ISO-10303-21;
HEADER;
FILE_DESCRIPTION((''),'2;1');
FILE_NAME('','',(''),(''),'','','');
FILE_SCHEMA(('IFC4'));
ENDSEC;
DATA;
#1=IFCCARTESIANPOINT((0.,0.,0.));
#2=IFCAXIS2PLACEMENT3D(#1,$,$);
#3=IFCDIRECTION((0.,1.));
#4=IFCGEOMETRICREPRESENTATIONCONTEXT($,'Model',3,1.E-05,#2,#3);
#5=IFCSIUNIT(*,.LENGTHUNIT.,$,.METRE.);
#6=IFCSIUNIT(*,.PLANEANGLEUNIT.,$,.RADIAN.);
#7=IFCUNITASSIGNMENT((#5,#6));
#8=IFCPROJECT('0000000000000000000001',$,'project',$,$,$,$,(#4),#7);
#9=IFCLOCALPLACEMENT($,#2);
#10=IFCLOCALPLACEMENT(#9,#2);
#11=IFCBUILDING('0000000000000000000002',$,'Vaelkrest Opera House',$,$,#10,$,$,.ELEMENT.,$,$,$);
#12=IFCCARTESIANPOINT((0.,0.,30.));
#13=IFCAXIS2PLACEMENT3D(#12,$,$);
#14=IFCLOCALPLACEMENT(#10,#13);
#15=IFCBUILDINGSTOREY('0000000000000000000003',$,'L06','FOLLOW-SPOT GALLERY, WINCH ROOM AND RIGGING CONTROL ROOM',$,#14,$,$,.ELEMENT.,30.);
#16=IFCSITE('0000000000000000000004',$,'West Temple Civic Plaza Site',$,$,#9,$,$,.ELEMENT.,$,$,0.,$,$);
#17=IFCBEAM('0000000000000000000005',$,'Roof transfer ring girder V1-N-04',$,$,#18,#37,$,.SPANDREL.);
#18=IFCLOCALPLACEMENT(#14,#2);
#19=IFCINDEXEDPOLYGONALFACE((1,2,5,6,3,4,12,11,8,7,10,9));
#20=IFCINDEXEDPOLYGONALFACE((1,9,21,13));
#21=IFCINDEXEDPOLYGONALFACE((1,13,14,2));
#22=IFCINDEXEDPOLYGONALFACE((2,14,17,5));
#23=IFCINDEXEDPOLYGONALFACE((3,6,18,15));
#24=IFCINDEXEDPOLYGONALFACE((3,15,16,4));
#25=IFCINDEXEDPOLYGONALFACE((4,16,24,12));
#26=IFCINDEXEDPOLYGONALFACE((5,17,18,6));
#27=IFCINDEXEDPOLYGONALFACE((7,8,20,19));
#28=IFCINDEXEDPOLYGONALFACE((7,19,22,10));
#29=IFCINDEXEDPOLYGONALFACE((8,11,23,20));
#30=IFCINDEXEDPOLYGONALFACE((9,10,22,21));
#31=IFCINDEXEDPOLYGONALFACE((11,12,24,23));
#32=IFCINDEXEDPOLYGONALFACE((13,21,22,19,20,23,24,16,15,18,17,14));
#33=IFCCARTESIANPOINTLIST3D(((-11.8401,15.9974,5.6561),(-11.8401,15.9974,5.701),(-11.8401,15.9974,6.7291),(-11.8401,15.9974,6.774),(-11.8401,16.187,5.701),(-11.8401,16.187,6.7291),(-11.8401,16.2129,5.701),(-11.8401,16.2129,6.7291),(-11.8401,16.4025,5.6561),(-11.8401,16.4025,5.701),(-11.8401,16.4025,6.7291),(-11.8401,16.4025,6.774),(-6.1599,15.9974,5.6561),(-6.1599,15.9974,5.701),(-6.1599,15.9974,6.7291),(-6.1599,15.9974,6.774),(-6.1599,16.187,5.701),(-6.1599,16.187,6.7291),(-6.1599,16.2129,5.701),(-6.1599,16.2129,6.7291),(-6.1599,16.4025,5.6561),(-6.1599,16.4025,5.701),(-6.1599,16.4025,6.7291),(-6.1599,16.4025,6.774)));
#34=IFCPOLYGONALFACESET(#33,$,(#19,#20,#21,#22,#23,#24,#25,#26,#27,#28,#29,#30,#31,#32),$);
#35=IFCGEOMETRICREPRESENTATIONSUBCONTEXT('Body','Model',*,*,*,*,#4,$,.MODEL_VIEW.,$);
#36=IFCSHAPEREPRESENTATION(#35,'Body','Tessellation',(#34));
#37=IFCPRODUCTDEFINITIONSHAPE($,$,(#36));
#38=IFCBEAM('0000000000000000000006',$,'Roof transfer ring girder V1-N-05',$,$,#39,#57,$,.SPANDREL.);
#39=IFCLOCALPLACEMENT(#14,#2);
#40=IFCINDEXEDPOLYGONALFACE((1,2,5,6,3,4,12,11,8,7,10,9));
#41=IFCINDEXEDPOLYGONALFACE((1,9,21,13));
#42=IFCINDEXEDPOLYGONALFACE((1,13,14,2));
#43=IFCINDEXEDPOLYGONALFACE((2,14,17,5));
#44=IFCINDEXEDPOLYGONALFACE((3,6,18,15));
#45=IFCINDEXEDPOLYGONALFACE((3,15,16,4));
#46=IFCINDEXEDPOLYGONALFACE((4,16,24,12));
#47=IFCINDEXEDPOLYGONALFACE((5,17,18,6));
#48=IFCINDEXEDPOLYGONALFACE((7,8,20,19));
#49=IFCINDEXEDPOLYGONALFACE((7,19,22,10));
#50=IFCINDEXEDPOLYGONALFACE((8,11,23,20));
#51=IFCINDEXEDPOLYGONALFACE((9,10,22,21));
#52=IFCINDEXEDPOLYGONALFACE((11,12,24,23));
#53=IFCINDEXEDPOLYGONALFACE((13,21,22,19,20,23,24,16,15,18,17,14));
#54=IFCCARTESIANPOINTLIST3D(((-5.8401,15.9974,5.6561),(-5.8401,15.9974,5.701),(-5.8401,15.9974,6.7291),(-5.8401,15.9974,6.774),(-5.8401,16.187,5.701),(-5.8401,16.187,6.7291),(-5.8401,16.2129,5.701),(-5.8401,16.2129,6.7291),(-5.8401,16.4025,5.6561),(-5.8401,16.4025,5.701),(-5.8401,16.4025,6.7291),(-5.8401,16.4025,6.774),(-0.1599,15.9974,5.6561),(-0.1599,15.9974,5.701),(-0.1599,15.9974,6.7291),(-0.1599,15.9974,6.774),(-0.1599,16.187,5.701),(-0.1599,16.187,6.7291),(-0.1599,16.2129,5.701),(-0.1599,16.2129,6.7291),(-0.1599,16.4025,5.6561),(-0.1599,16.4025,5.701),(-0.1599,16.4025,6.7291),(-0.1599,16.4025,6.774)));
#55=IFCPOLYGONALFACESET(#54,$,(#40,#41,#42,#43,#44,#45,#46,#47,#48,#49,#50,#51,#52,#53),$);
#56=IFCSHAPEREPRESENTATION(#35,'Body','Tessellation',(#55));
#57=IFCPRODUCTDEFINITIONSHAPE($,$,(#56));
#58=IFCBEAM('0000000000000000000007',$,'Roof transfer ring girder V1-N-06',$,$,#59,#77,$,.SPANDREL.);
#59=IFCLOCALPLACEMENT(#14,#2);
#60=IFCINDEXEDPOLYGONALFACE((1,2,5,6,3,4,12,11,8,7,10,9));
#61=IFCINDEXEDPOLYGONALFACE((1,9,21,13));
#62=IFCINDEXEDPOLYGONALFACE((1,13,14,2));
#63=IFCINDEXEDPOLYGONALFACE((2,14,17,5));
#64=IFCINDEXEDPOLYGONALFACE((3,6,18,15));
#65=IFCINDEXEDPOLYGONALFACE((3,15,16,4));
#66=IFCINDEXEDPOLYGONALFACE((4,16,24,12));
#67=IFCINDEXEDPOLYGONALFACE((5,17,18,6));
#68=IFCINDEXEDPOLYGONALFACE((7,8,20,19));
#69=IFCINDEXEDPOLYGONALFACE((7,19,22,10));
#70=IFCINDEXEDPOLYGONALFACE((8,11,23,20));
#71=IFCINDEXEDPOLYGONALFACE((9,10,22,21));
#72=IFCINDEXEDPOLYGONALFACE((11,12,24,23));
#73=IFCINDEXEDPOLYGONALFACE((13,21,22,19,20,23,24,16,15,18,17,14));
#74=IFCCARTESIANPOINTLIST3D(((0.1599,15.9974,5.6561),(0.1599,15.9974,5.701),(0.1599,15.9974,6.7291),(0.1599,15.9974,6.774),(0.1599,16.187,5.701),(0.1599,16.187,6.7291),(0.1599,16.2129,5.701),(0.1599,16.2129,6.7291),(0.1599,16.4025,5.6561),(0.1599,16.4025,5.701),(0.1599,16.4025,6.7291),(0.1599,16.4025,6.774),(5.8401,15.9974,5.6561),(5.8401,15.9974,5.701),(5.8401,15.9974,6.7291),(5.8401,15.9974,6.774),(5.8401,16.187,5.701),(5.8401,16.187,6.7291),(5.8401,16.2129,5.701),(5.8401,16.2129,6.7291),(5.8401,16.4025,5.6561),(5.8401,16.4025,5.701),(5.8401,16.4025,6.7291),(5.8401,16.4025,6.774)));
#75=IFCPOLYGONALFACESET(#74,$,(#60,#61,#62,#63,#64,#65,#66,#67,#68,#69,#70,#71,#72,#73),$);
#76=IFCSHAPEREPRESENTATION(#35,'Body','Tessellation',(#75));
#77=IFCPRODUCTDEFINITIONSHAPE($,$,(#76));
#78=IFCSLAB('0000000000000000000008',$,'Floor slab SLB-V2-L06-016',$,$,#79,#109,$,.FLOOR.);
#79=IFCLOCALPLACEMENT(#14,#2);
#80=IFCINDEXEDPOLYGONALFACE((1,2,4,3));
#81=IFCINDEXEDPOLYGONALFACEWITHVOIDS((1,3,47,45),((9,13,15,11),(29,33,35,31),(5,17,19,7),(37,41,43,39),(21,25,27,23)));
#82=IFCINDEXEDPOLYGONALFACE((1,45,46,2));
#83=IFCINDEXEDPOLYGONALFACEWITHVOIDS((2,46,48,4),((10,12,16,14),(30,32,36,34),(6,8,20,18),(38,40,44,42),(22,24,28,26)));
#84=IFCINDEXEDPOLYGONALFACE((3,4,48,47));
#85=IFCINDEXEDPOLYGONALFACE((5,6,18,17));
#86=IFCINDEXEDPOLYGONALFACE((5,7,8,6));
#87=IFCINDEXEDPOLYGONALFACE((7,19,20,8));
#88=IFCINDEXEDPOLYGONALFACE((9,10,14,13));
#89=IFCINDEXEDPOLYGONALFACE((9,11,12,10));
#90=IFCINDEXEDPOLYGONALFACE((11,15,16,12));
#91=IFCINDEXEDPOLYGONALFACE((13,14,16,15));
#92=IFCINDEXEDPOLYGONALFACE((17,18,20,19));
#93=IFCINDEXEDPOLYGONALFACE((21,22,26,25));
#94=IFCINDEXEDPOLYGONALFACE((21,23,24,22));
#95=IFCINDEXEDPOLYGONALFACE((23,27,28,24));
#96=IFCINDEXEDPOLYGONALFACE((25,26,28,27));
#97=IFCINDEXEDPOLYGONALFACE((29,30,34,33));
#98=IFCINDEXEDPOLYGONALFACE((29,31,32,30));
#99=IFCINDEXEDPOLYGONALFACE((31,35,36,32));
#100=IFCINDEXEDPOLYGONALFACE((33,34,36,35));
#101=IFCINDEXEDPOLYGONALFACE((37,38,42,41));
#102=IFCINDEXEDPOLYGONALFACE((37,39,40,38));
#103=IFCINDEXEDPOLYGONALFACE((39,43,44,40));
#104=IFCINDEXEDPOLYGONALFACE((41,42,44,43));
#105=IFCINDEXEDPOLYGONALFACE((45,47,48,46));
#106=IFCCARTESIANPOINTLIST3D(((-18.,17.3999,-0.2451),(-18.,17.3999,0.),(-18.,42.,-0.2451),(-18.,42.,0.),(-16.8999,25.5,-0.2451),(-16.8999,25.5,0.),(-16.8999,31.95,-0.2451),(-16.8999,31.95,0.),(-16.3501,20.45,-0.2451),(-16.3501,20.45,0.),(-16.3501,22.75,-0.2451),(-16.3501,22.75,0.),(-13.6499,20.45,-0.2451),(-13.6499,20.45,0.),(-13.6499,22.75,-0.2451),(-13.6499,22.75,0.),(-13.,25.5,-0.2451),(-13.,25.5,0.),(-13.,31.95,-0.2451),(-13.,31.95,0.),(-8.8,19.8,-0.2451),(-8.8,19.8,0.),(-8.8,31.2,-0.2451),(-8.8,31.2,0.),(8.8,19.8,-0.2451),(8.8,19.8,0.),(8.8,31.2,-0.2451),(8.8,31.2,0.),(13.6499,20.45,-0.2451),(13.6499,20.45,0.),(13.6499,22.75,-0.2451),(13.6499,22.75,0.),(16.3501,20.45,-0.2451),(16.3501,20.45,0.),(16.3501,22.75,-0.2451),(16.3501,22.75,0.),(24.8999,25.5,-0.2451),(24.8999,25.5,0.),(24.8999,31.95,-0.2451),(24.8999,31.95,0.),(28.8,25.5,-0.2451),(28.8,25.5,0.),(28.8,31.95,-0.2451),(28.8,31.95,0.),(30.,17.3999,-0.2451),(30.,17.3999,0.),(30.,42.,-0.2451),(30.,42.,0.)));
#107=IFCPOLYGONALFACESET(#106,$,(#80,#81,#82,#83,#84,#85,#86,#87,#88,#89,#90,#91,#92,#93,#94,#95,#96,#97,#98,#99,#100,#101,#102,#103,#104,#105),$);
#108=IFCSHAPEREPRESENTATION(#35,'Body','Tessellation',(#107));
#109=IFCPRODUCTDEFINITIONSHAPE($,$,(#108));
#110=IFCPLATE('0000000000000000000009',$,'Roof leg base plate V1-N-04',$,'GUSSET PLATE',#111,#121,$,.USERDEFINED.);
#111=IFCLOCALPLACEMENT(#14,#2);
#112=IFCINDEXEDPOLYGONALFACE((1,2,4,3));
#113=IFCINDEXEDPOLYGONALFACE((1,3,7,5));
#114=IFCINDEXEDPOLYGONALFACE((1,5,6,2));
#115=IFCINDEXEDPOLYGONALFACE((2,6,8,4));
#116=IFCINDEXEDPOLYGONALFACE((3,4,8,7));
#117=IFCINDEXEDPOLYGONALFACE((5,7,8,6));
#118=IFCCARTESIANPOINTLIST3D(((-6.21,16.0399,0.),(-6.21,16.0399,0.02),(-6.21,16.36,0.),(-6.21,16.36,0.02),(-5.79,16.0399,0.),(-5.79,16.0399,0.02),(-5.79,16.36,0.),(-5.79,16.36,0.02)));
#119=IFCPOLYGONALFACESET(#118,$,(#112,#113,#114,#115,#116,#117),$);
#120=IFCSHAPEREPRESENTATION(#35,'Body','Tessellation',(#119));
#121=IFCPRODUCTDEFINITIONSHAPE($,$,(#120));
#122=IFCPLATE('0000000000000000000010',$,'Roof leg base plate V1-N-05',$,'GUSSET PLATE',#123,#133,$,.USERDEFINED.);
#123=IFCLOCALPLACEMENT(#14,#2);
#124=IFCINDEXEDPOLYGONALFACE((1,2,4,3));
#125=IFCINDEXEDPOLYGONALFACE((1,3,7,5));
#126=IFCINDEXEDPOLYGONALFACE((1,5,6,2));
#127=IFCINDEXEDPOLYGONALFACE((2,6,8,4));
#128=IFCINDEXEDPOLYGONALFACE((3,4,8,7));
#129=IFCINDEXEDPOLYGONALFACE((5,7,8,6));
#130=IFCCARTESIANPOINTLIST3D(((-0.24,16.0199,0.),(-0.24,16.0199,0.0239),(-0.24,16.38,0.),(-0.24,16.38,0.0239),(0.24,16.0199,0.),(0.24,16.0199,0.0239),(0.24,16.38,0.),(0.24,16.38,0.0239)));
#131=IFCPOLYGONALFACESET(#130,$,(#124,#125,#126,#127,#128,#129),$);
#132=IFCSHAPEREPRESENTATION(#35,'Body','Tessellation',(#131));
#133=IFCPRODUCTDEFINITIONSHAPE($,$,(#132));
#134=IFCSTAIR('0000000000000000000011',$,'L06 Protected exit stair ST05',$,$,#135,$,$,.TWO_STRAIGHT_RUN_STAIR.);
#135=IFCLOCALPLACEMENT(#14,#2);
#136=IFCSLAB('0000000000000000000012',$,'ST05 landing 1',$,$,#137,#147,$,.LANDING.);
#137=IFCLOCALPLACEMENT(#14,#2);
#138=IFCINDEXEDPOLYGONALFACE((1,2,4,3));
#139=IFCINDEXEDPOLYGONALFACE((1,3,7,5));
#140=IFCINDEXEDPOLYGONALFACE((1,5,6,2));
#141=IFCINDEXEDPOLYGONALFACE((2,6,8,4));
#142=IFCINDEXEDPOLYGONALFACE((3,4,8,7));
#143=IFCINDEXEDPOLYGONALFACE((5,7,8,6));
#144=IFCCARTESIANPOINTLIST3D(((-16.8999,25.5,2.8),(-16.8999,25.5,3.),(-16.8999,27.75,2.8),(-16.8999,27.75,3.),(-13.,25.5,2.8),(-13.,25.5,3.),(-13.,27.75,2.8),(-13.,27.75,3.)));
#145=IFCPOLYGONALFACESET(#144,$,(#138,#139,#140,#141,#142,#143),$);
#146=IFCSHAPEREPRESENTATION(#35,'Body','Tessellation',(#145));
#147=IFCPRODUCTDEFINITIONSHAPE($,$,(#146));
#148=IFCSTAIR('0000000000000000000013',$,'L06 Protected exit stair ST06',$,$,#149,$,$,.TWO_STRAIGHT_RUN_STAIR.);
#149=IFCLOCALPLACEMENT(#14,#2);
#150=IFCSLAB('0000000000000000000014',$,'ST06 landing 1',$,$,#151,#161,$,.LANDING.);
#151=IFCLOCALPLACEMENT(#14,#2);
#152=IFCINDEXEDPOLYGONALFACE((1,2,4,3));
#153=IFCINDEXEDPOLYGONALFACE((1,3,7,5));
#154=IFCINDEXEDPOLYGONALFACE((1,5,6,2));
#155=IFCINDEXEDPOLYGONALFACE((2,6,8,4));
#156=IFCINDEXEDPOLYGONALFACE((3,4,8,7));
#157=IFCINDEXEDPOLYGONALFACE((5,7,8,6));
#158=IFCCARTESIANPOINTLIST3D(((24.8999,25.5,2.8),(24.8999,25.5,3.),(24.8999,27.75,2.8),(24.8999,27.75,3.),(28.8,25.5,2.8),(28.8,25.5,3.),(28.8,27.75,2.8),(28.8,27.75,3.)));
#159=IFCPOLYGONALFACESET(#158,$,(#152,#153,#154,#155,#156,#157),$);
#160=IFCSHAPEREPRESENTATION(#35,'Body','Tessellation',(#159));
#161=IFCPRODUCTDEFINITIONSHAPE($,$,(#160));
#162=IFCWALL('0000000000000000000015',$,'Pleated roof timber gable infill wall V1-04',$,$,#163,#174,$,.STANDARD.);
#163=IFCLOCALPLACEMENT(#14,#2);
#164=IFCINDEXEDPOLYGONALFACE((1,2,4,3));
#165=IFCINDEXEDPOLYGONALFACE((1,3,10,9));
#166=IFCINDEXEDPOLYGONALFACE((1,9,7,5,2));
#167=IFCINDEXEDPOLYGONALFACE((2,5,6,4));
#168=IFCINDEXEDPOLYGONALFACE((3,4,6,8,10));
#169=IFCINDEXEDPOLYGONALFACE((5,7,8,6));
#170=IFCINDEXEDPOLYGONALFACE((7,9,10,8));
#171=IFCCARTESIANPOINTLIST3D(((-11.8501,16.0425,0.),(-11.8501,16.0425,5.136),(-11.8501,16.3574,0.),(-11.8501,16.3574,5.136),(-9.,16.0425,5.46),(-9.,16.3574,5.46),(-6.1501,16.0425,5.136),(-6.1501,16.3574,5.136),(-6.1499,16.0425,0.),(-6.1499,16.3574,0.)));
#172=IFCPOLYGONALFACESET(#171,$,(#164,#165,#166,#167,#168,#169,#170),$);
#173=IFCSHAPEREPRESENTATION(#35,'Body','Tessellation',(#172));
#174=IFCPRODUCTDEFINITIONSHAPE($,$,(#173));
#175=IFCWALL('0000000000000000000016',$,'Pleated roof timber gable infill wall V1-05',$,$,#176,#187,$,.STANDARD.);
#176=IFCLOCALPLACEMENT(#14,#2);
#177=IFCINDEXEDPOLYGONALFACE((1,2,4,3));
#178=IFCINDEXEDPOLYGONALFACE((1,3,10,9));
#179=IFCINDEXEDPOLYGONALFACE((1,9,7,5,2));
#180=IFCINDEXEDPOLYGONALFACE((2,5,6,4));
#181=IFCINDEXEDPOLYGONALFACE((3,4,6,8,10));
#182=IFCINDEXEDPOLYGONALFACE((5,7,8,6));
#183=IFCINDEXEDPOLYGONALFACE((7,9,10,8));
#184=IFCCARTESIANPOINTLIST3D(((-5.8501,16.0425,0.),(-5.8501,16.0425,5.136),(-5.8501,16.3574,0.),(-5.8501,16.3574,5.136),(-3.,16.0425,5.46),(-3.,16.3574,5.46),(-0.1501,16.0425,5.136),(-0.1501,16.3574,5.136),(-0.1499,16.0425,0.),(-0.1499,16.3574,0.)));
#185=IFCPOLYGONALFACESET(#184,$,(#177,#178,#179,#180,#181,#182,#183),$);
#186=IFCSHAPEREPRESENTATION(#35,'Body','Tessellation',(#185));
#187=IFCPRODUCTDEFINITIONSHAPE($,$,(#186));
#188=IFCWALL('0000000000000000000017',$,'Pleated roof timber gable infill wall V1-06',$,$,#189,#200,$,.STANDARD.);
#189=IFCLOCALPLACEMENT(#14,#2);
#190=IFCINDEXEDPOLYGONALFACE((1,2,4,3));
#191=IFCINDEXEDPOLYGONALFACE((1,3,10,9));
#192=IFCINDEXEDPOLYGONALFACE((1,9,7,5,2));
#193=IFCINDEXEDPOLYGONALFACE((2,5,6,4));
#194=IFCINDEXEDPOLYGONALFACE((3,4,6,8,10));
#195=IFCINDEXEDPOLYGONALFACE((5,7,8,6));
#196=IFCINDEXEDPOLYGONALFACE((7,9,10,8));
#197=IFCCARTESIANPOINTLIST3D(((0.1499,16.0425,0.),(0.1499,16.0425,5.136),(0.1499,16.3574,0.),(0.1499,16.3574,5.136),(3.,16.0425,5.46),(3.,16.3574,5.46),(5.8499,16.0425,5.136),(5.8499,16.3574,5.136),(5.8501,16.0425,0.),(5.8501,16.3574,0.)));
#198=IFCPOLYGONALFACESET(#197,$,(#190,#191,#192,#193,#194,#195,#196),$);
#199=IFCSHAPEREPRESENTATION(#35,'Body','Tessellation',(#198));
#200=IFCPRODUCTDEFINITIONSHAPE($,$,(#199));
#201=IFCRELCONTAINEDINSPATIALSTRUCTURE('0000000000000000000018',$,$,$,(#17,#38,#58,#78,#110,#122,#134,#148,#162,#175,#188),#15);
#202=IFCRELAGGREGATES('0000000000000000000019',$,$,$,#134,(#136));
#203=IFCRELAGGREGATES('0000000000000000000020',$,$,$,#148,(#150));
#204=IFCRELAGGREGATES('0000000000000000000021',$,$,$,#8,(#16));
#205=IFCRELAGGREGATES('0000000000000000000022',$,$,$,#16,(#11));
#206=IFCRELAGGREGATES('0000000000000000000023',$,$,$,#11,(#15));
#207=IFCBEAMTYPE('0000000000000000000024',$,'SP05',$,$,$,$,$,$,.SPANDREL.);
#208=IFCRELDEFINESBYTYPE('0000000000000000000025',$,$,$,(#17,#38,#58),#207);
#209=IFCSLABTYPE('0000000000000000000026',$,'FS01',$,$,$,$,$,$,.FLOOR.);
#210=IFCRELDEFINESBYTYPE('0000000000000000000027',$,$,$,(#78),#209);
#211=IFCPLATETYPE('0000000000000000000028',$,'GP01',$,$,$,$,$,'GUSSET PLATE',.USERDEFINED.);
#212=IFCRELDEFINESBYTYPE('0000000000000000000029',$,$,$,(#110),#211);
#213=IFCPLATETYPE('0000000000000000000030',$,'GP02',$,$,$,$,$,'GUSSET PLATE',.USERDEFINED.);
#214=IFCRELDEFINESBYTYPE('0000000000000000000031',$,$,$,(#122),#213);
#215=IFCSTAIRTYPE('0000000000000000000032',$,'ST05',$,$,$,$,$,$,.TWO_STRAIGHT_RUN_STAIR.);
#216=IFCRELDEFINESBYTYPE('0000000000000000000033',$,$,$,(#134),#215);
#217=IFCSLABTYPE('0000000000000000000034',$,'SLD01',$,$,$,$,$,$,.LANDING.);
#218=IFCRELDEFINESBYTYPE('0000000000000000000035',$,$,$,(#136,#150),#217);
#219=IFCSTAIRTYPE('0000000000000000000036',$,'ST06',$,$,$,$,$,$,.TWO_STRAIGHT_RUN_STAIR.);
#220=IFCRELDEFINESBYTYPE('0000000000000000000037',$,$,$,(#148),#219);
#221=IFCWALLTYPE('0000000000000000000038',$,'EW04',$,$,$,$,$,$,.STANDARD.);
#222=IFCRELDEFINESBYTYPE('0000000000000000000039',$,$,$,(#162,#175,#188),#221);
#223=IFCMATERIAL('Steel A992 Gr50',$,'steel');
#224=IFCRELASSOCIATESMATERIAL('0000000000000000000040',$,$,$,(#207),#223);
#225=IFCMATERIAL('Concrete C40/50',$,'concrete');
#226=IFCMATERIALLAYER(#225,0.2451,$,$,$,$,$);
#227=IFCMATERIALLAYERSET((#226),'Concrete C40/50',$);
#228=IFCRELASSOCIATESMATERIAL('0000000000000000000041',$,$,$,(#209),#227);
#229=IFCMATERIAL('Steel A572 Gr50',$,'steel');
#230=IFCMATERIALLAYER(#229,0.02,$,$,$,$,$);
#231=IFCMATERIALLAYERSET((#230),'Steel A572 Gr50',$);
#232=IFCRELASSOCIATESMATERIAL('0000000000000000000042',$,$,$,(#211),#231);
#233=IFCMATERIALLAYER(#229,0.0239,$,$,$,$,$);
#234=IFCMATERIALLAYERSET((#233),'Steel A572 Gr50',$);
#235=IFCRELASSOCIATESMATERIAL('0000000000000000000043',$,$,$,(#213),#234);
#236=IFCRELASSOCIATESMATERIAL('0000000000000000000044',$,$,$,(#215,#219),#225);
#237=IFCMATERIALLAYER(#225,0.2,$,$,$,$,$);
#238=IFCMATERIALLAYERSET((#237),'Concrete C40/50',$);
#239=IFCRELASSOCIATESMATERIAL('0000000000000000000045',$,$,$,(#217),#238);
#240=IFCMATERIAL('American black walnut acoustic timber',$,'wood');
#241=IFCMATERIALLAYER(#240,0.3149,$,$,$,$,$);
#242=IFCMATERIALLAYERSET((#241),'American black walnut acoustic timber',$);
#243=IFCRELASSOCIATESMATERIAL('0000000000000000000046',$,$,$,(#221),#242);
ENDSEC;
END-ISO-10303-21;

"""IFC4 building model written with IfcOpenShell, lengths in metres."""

from ifc_helpers import new_model, si_unit, direction, frame, origin, origin_2d, place, context, subcontext, project, spatial, polyline, rectangle, i_section, outline, extrude, material, layer, layer_set, material_profile, profile_set, type_object, element, aggregate, save


model = new_model("IFC4")

# Units and contexts
model_context = context("Model", 3, precision=1e-05, world=origin(), true_north=direction((0.0, 1.0)))
body_context = subcontext(model_context, "Body", "Model", "MODEL_VIEW")
ifc_project = project(units=[si_unit("LENGTHUNIT", "METRE"), si_unit("PLANEANGLEUNIT", "RADIAN")], contexts=[model_context])

# Site, building, storey
site_placement = place(None, origin())
site = spatial("IfcSite", under=ifc_project, at=site_placement, Name="West Temple Civic Plaza Site", CompositionType="ELEMENT", RefElevation=0.0)
building_placement = place(site_placement, origin())
building = spatial("IfcBuilding", under=site, at=building_placement, Name="Vaelkrest Opera House", CompositionType="ELEMENT")
storey_placement = place(building_placement, frame((0.0, 0.0, 30.0)))
storey = spatial("IfcBuildingStorey", under=building, at=storey_placement, Name="L06", Description="FOLLOW-SPOT GALLERY, WINCH ROOM AND RIGGING CONTROL ROOM", CompositionType="ELEMENT", Elevation=30.0)

# Beams
ifc_material_1 = material(Name="Steel A992 Gr50", Category="steel")
ifc_material_profile_1 = material_profile(ifc_material_1, i_section(OverallWidth=0.405, OverallDepth=1.1179, WebThickness=0.0259, FlangeThickness=0.0449, at=origin_2d()), Name="W44X335")
ifc_profile_set_1 = profile_set([ifc_material_profile_1], Name="Steel A992 Gr50")
beam_type_1 = type_object("IfcBeamType", Name="SP05", PredefinedType="SPANDREL", material=ifc_profile_set_1)
for number, where, z_axis, x_axis, name in (
    (1, (-11.8401, 16.2, 6.2151), (1.0, 0.0, 0.0), (0.0, 1.0, 0.0), "Roof transfer ring girder V1-N-04"),
    (2, (-5.8401, 16.2, 6.2151), (1.0, 0.0, 0.0), (0.0, 1.0, 0.0), "Roof transfer ring girder V1-N-05"),
    (3, (0.1599, 16.2, 6.2151), (1.0, 0.0, 0.0), (0.0, 1.0, 0.0), "Roof transfer ring girder V1-N-06"),
):
    element("IfcBeam", number, at=place(storey_placement, frame(where, z_axis=z_axis, x_axis=x_axis)), inside=storey, type_object=beam_type_1, Name=name, PredefinedType="SPANDREL", context=body_context, shape_type="SweptSolid", body=[
        extrude(i_section(OverallWidth=0.405, OverallDepth=1.1179, WebThickness=0.0259, FlangeThickness=0.0449, at=origin_2d()), origin(), (0.0, 0.0, 1.0), 5.6802),
    ])

# Slab
ifc_material_2 = material(Name="Concrete C40/50", Category="concrete")
ifc_layer_1 = layer(ifc_material_2, 0.2451)
ifc_layer_set_1 = layer_set([ifc_layer_1], Name="Concrete C40/50")
slab_type_1 = type_object("IfcSlabType", Name="FS01", PredefinedType="FLOOR", material=ifc_layer_set_1)
slab_1_placement = place(storey_placement, frame((0.0, 0.0, -0.2451)))
element("IfcSlab", 4, at=slab_1_placement, inside=storey, type_object=slab_type_1, Name="Floor slab SLB-V2-L06-016", PredefinedType="FLOOR", context=body_context, shape_type="SweptSolid", body=[
    extrude(outline(polyline([(-18.0, 17.3999), (30.0, 17.3999), (30.0, 42.0), (-18.0, 42.0), (-18.0, 17.3999)]), holes=[polyline([(-8.8, 19.8), (8.8, 19.8), (8.8, 31.2), (-8.8, 31.2), (-8.8, 19.8)]), polyline([(-16.8999, 31.95), (-16.8999, 25.5), (-13.0, 25.5), (-13.0, 31.95), (-16.8999, 31.95)]), polyline([(24.8999, 31.95), (24.8999, 25.5), (28.8, 25.5), (28.8, 31.95), (24.8999, 31.95)]), polyline([(-16.3501, 20.45), (-13.6499, 20.45), (-13.6499, 22.75), (-16.3501, 22.75), (-16.3501, 20.45)]), polyline([(13.6499, 20.45), (16.3501, 20.45), (16.3501, 22.75), (13.6499, 22.75), (13.6499, 20.45)])]), origin(), (0.0, 0.0, 1.0), 0.2451),
])

# Plates
ifc_material_3 = material(Name="Steel A572 Gr50", Category="steel")
ifc_layer_2 = layer(ifc_material_3, 0.02)
ifc_layer_set_2 = layer_set([ifc_layer_2], Name="Steel A572 Gr50")
plate_type_1 = type_object("IfcPlateType", Name="GP01", ElementType="GUSSET PLATE", PredefinedType="USERDEFINED", material=ifc_layer_set_2)
plate_1_placement = place(storey_placement, frame((-6.0, 16.2, 0.0), z_axis=(0.0, 0.0, 1.0), x_axis=(1.0, 0.0, 0.0)))
element("IfcPlate", 5, at=plate_1_placement, inside=storey, type_object=plate_type_1, Name="Roof leg base plate V1-N-04", ObjectType="GUSSET PLATE", PredefinedType="USERDEFINED", context=body_context, shape_type="SweptSolid", body=[
    extrude(rectangle(XDim=0.4199, YDim=0.3201, at=origin_2d()), origin(), (0.0, 0.0, 1.0), 0.02),
])
ifc_layer_3 = layer(ifc_material_3, 0.0239)
ifc_layer_set_3 = layer_set([ifc_layer_3], Name="Steel A572 Gr50")
plate_type_2 = type_object("IfcPlateType", Name="GP02", ElementType="GUSSET PLATE", PredefinedType="USERDEFINED", material=ifc_layer_set_3)
plate_2_placement = place(storey_placement, frame((0.0, 16.2, 0.0), z_axis=(0.0, 0.0, 1.0), x_axis=(1.0, 0.0, 0.0)))
element("IfcPlate", 6, at=plate_2_placement, inside=storey, type_object=plate_type_2, Name="Roof leg base plate V1-N-05", ObjectType="GUSSET PLATE", PredefinedType="USERDEFINED", context=body_context, shape_type="SweptSolid", body=[
    extrude(rectangle(XDim=0.48, YDim=0.3601, at=origin_2d()), origin(), (0.0, 0.0, 1.0), 0.0239),
])

# Stairs, slabs
stair_type_1 = type_object("IfcStairType", Name="ST05", PredefinedType="TWO_STRAIGHT_RUN_STAIR", material=ifc_material_2)
stair_1_placement = place(storey_placement, origin())
stair_1 = element("IfcStair", 7, at=stair_1_placement, inside=storey, type_object=stair_type_1, Name="L06 Protected exit stair ST05", PredefinedType="TWO_STRAIGHT_RUN_STAIR")
ifc_layer_4 = layer(ifc_material_2, 0.2)
ifc_layer_set_4 = layer_set([ifc_layer_4], Name="Concrete C40/50")
slab_type_2 = type_object("IfcSlabType", Name="SLD01", PredefinedType="LANDING", material=ifc_layer_set_4)
slab_2_placement = place(storey_placement, frame((0.0, 0.0, 2.8)))
slab_2 = element("IfcSlab", 8, at=slab_2_placement, type_object=slab_type_2, Name="ST05 landing 1", PredefinedType="LANDING", context=body_context, shape_type="SweptSolid", body=[
    extrude(outline(polyline([(-16.8999, 27.75), (-16.8999, 25.5), (-13.0, 25.5), (-13.0, 27.75), (-16.8999, 27.75)])), origin(), (0.0, 0.0, 1.0), 0.2),
])
aggregate(stair_1, [slab_2])
stair_type_2 = type_object("IfcStairType", Name="ST06", PredefinedType="TWO_STRAIGHT_RUN_STAIR", material=ifc_material_2)
stair_2_placement = place(storey_placement, origin())
stair_2 = element("IfcStair", 9, at=stair_2_placement, inside=storey, type_object=stair_type_2, Name="L06 Protected exit stair ST06", PredefinedType="TWO_STRAIGHT_RUN_STAIR")
slab_3_placement = place(storey_placement, frame((0.0, 0.0, 2.8)))
slab_3 = element("IfcSlab", 10, at=slab_3_placement, type_object=slab_type_2, Name="ST06 landing 1", PredefinedType="LANDING", context=body_context, shape_type="SweptSolid", body=[
    extrude(outline(polyline([(24.8999, 27.75), (24.8999, 25.5), (28.8, 25.5), (28.8, 27.75), (24.8999, 27.75)])), origin(), (0.0, 0.0, 1.0), 0.2),
])
aggregate(stair_2, [slab_3])

# Walls
ifc_material_4 = material(Name="American black walnut acoustic timber", Category="wood")
ifc_layer_5 = layer(ifc_material_4, 0.3149)
ifc_layer_set_5 = layer_set([ifc_layer_5], Name="American black walnut acoustic timber")
wall_type_1 = type_object("IfcWallType", Name="EW04", PredefinedType="STANDARD", material=ifc_layer_set_5)
for number, where, z_axis, x_axis, name in (
    (11, (-11.8501, 16.2, 0.0), (0.0, 0.0, 1.0), (1.0, 0.0, 0.0), "Pleated roof timber gable infill wall V1-04"),
    (12, (-5.8501, 16.2, 0.0), (0.0, 0.0, 1.0), (1.0, 0.0, 0.0), "Pleated roof timber gable infill wall V1-05"),
    (13, (0.1499, 16.2, 0.0), (0.0, 0.0, 1.0), (1.0, 0.0, 0.0), "Pleated roof timber gable infill wall V1-06"),
):
    element("IfcWall", number, at=place(storey_placement, frame(where, z_axis=z_axis, x_axis=x_axis)), inside=storey, type_object=wall_type_1, Name=name, PredefinedType="STANDARD", context=body_context, shape_type="SweptSolid", body=[
        extrude(outline(polyline([(0.0, 0.0), (5.7002, 0.0), (5.7, 5.136), (2.8501, 5.46), (0.0, 5.136), (0.0, 0.0)])), frame((0.0, 0.1575, 0.0), z_axis=(0.0, -1.0, 0.0), x_axis=(1.0, 0.0, 0.0)), (0.0, 0.0, 1.0), 0.3149),
    ])

save(model, "model.ifc")
